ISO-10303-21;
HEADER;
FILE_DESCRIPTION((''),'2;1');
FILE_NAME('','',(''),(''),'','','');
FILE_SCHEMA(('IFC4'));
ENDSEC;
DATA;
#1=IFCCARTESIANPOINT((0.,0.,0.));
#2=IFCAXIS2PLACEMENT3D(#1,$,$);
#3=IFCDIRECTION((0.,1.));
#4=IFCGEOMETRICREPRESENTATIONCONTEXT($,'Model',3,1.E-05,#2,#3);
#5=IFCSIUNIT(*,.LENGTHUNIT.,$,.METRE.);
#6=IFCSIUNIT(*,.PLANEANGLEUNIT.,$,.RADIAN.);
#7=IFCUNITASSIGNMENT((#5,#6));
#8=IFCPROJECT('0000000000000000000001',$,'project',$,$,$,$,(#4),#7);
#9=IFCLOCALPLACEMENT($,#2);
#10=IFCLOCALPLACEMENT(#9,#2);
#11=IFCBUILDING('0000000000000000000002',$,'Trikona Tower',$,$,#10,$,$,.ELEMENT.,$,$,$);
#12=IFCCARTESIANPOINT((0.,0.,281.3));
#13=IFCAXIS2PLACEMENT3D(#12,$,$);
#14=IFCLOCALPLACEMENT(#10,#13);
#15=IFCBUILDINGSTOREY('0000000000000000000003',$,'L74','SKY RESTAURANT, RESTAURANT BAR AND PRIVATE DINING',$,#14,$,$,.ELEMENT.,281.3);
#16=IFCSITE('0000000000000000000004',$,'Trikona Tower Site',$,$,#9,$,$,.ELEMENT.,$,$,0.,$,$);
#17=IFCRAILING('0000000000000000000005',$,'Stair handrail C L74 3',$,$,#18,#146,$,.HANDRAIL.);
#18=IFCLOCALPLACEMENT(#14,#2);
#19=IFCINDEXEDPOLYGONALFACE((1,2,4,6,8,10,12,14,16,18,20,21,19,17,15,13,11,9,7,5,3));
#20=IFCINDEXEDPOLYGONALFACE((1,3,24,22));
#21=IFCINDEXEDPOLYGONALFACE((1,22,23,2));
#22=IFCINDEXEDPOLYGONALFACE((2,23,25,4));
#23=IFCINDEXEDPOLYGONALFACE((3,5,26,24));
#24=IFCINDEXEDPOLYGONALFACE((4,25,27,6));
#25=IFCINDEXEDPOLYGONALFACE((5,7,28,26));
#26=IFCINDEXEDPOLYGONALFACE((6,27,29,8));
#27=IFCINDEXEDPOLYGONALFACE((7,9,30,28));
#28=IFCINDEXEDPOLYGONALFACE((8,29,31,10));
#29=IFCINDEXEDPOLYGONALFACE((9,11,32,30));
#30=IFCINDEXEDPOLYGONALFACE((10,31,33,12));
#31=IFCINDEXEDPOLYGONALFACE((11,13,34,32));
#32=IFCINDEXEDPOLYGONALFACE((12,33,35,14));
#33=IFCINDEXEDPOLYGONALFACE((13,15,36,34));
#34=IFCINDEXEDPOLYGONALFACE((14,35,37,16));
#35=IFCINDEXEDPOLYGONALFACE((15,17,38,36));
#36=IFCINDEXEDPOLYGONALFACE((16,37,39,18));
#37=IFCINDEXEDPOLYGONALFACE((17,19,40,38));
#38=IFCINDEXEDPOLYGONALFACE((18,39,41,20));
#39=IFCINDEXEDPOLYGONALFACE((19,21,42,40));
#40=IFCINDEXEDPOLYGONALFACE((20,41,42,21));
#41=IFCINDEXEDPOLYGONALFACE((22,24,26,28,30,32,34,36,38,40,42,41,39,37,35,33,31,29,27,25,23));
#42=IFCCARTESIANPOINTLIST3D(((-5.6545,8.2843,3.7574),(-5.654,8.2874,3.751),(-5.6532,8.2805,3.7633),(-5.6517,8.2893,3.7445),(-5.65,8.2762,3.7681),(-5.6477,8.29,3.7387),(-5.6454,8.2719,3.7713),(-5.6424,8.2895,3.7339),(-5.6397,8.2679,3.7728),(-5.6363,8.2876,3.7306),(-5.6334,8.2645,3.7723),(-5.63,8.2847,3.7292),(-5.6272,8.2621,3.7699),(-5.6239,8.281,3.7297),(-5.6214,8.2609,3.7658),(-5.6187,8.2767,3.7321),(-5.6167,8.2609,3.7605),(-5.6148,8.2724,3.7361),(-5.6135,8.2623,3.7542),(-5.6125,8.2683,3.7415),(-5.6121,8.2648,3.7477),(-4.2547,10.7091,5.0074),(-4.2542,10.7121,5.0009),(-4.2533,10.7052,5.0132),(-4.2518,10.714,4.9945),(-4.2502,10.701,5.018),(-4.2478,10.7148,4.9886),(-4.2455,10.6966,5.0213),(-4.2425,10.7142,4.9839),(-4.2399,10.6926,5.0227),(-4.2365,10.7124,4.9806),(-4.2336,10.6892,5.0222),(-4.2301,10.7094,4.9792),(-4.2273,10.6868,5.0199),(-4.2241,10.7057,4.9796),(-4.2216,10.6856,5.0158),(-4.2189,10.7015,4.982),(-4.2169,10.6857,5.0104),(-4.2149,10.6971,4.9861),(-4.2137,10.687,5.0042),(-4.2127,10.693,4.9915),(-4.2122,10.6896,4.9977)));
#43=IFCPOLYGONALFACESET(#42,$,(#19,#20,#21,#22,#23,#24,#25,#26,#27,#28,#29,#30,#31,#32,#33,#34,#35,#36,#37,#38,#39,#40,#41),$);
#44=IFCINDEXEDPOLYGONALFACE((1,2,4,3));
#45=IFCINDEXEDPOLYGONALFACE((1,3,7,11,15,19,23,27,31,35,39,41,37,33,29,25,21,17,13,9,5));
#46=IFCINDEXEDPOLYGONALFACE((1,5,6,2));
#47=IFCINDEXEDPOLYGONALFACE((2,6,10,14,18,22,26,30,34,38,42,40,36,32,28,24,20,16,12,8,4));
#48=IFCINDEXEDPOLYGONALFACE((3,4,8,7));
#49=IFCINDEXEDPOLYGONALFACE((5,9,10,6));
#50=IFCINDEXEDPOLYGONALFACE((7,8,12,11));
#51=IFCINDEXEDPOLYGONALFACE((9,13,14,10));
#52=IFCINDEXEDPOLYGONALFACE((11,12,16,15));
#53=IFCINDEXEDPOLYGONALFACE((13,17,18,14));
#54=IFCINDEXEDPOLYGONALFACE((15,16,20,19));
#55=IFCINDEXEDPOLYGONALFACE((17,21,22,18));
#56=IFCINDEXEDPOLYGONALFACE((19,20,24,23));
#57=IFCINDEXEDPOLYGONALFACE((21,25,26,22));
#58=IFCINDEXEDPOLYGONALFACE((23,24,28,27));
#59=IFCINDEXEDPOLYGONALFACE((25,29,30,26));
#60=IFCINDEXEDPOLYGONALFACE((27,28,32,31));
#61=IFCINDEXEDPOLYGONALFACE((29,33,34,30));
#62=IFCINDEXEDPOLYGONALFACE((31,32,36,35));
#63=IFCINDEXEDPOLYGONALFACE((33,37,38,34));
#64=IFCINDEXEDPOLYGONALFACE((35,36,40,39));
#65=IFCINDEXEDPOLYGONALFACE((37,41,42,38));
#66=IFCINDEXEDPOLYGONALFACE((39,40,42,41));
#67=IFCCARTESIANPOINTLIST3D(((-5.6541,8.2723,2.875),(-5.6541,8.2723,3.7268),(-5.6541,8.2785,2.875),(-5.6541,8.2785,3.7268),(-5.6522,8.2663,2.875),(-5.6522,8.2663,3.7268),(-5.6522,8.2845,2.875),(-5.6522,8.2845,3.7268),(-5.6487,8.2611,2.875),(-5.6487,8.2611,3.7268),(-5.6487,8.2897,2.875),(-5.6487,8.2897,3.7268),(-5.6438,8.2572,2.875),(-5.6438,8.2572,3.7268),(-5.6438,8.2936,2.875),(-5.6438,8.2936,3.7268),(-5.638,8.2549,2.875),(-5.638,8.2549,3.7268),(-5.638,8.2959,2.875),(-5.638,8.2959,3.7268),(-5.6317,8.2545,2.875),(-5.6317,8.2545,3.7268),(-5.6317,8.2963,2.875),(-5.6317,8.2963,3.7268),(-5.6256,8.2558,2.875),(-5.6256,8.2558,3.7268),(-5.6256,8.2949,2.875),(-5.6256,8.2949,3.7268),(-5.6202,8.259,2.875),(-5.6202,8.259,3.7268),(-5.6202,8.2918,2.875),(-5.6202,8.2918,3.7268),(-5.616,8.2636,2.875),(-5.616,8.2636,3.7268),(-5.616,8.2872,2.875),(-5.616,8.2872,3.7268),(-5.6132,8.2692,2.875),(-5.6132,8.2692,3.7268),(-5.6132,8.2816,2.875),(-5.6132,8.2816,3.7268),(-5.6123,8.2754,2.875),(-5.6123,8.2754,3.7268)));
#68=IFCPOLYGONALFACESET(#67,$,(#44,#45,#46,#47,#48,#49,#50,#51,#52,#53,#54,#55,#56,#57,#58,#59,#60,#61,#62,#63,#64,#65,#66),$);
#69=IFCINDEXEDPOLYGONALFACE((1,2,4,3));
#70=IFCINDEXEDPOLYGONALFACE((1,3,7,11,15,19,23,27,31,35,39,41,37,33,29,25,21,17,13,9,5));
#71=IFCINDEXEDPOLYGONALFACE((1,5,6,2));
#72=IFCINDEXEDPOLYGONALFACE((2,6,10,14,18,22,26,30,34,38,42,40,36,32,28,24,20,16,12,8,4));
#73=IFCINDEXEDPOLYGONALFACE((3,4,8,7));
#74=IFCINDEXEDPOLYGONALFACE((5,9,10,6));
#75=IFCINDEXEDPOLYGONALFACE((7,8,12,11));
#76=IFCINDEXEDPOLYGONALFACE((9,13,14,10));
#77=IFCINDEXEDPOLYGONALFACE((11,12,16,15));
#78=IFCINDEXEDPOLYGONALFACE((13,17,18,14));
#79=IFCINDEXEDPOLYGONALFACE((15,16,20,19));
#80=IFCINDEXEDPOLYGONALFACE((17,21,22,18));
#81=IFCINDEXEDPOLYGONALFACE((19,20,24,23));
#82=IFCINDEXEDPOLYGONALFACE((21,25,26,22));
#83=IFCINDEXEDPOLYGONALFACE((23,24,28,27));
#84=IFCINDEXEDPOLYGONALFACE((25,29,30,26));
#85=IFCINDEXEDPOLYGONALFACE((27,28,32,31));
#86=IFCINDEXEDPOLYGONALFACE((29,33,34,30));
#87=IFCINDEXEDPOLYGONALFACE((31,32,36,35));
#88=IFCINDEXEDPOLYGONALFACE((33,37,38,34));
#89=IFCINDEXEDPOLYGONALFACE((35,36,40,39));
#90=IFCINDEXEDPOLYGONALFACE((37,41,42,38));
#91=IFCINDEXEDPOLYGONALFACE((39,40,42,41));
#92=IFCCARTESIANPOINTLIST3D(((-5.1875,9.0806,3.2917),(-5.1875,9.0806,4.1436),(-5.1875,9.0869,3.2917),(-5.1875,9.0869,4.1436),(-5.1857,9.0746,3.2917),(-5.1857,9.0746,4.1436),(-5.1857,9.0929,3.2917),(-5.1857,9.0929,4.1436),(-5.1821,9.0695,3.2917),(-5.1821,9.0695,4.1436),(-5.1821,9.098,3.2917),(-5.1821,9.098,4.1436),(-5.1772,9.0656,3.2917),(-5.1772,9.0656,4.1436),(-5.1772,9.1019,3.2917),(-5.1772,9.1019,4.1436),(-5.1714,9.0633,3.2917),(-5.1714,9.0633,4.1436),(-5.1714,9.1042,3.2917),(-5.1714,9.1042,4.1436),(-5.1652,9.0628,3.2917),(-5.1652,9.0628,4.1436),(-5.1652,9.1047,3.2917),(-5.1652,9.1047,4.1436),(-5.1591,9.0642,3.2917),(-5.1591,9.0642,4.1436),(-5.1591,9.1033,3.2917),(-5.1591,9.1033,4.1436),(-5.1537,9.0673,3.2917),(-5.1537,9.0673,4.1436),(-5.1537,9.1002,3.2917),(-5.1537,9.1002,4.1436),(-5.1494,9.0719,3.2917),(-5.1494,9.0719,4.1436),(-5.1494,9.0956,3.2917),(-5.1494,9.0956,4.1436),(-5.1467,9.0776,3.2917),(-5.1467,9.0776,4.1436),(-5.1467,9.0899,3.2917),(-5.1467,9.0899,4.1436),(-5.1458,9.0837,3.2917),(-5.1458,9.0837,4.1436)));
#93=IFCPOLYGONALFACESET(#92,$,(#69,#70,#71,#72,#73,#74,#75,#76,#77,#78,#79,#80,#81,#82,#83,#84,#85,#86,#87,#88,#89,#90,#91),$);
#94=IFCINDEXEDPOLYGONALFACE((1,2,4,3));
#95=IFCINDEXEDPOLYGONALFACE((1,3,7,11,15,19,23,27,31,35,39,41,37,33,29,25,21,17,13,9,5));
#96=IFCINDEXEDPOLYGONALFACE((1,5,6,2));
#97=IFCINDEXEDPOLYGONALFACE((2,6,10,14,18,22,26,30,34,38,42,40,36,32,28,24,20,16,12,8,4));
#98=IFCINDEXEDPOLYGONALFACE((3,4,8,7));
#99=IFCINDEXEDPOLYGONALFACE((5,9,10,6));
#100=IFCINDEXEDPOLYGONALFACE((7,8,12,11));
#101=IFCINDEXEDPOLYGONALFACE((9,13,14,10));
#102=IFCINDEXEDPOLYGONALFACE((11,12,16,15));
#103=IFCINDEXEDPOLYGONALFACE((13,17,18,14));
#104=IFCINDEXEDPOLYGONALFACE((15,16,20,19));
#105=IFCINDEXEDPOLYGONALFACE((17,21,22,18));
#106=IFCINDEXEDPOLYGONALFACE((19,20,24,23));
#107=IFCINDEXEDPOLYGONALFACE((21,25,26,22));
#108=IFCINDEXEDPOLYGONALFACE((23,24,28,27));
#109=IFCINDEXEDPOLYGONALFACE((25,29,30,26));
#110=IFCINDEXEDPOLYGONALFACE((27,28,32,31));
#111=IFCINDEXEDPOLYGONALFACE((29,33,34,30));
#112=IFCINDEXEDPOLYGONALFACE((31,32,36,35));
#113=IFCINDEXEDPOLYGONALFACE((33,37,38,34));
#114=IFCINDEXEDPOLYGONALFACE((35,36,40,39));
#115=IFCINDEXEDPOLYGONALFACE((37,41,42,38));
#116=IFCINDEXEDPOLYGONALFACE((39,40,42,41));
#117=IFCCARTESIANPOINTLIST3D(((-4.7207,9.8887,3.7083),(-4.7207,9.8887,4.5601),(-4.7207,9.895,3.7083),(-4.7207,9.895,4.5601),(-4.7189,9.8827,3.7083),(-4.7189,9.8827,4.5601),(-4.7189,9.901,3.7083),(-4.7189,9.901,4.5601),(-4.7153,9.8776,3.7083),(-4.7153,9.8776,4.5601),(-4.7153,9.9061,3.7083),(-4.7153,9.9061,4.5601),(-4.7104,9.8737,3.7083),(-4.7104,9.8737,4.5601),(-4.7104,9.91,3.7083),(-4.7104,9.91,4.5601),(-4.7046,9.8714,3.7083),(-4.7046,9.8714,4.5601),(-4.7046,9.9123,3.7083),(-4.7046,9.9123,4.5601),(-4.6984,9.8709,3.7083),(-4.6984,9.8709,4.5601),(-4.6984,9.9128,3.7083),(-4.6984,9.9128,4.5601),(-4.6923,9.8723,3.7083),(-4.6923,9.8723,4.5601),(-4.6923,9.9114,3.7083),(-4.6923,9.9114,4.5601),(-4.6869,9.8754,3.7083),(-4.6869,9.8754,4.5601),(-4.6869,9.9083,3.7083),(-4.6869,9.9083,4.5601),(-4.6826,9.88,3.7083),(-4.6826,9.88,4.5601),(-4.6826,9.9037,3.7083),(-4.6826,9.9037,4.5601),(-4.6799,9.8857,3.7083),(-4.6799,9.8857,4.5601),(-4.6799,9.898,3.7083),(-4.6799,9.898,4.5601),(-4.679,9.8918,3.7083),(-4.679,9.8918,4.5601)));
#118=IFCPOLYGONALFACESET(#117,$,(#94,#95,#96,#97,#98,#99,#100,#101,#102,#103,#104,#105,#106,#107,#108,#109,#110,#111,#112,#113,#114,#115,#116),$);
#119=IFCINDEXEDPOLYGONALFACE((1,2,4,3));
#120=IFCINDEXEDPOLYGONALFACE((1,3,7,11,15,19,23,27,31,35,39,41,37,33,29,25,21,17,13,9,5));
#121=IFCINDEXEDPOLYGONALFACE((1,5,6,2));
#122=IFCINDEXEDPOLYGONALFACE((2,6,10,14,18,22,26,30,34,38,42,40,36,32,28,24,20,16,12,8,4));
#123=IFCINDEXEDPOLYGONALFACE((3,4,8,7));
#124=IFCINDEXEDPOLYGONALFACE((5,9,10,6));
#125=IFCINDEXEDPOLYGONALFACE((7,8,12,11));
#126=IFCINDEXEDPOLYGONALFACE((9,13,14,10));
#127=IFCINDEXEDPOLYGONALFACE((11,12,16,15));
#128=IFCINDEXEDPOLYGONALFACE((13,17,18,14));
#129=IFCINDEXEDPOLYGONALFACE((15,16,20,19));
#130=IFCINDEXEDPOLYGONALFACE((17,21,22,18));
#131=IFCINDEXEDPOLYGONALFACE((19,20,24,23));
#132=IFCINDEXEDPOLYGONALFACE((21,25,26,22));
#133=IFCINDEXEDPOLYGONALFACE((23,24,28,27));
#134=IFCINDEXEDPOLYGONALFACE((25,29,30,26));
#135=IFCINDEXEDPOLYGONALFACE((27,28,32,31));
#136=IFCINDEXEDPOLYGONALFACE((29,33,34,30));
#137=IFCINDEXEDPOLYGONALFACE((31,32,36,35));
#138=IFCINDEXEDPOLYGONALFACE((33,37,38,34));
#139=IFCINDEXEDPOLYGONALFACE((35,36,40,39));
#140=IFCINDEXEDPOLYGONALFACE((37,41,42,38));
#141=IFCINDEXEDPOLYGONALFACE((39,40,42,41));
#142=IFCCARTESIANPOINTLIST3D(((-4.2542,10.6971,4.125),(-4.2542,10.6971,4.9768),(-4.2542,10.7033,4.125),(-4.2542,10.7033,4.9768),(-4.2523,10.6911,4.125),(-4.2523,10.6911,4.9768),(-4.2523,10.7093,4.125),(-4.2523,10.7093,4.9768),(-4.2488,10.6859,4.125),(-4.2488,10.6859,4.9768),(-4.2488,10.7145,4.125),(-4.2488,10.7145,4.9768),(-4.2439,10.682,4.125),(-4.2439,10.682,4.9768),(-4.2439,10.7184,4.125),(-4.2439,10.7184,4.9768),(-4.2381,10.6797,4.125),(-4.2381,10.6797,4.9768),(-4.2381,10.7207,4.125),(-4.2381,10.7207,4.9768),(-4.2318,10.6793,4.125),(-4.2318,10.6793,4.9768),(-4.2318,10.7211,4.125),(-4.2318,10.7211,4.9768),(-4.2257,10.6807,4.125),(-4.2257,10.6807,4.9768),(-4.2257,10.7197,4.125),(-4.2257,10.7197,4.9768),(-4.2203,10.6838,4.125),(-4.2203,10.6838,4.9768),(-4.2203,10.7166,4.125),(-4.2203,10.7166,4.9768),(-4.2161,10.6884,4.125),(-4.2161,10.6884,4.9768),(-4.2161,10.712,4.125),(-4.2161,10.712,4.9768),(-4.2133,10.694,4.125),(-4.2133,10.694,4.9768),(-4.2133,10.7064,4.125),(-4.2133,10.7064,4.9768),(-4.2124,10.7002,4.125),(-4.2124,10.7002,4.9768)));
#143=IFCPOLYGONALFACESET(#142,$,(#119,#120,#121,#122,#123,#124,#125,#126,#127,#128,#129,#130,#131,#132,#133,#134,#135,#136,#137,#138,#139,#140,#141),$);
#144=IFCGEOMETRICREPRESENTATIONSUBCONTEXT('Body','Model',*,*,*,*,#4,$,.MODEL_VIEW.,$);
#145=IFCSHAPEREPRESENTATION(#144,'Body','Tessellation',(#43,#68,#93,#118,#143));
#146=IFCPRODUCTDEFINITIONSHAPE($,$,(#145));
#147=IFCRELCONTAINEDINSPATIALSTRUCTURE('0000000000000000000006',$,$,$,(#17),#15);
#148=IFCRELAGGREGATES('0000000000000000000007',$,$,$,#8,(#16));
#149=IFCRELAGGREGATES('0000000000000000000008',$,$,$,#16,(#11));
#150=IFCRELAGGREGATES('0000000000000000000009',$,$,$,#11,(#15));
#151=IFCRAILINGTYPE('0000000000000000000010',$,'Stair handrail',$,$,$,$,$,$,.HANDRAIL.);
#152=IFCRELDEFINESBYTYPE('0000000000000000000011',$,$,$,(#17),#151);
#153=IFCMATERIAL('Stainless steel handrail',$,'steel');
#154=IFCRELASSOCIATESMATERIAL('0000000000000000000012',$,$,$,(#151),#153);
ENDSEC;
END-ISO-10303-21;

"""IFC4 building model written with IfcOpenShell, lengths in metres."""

from ifc_helpers import new_model, si_unit, direction, frame, origin, origin_2d, place, context, subcontext, project, spatial, circle, extrude, material, type_object, element, save


model = new_model("IFC4")

# Units and contexts
model_context = context("Model", 3, precision=1e-05, world=origin(), true_north=direction((0.0, 1.0)))
body_context = subcontext(model_context, "Body", "Model", "MODEL_VIEW")
ifc_project = project(units=[si_unit("LENGTHUNIT", "METRE"), si_unit("PLANEANGLEUNIT", "RADIAN")], contexts=[model_context])

# Site, building, storey
site_placement = place(None, origin())
site = spatial("IfcSite", under=ifc_project, at=site_placement, Name="Trikona Tower Site", CompositionType="ELEMENT", RefElevation=0.0)
building_placement = place(site_placement, origin())
building = spatial("IfcBuilding", under=site, at=building_placement, Name="Trikona Tower", CompositionType="ELEMENT")
storey_placement = place(building_placement, frame((0.0, 0.0, 281.3)))
storey = spatial("IfcBuildingStorey", under=building, at=storey_placement, Name="L74", Description="SKY RESTAURANT, RESTAURANT BAR AND PRIVATE DINING", CompositionType="ELEMENT", Elevation=281.3)

# Railing
ifc_material_1 = material(Name="Stainless steel handrail", Category="steel")
railing_type = type_object("IfcRailingType", Name="Stair handrail", PredefinedType="HANDRAIL", material=ifc_material_1)
railing_1_placement = place(storey_placement, frame((-5.6333, 8.2754, 2.875)))
element("IfcRailing", 1, at=railing_1_placement, inside=storey, type_object=railing_type, Name="Stair handrail C L74 3", PredefinedType="HANDRAIL", context=body_context, shape_type="SweptSolid", body=[
    extrude(circle(Radius=0.0239, at=origin_2d()), frame((0.0, 0.0, 0.876), z_axis=(0.456552, 0.790804, 0.407664), x_axis=(-0.866035, 0.499984, 0.0)), (0.0, 0.0, 1.0), 3.0662),
    extrude(circle(Radius=0.021, at=origin_2d()), origin(), (0.0, 0.0, 1.0), 0.8518),
    extrude(circle(Radius=0.021, at=origin_2d()), frame((0.4666, 0.8083, 0.4167)), (0.0, 0.0, 1.0), 0.8518),
    extrude(circle(Radius=0.021, at=origin_2d()), frame((0.9333, 1.6165, 0.8333)), (0.0, 0.0, 1.0), 0.8518),
    extrude(circle(Radius=0.021, at=origin_2d()), frame((1.3999, 2.4248, 1.25)), (0.0, 0.0, 1.0), 0.8518),
])

save(model, "model.ifc")
